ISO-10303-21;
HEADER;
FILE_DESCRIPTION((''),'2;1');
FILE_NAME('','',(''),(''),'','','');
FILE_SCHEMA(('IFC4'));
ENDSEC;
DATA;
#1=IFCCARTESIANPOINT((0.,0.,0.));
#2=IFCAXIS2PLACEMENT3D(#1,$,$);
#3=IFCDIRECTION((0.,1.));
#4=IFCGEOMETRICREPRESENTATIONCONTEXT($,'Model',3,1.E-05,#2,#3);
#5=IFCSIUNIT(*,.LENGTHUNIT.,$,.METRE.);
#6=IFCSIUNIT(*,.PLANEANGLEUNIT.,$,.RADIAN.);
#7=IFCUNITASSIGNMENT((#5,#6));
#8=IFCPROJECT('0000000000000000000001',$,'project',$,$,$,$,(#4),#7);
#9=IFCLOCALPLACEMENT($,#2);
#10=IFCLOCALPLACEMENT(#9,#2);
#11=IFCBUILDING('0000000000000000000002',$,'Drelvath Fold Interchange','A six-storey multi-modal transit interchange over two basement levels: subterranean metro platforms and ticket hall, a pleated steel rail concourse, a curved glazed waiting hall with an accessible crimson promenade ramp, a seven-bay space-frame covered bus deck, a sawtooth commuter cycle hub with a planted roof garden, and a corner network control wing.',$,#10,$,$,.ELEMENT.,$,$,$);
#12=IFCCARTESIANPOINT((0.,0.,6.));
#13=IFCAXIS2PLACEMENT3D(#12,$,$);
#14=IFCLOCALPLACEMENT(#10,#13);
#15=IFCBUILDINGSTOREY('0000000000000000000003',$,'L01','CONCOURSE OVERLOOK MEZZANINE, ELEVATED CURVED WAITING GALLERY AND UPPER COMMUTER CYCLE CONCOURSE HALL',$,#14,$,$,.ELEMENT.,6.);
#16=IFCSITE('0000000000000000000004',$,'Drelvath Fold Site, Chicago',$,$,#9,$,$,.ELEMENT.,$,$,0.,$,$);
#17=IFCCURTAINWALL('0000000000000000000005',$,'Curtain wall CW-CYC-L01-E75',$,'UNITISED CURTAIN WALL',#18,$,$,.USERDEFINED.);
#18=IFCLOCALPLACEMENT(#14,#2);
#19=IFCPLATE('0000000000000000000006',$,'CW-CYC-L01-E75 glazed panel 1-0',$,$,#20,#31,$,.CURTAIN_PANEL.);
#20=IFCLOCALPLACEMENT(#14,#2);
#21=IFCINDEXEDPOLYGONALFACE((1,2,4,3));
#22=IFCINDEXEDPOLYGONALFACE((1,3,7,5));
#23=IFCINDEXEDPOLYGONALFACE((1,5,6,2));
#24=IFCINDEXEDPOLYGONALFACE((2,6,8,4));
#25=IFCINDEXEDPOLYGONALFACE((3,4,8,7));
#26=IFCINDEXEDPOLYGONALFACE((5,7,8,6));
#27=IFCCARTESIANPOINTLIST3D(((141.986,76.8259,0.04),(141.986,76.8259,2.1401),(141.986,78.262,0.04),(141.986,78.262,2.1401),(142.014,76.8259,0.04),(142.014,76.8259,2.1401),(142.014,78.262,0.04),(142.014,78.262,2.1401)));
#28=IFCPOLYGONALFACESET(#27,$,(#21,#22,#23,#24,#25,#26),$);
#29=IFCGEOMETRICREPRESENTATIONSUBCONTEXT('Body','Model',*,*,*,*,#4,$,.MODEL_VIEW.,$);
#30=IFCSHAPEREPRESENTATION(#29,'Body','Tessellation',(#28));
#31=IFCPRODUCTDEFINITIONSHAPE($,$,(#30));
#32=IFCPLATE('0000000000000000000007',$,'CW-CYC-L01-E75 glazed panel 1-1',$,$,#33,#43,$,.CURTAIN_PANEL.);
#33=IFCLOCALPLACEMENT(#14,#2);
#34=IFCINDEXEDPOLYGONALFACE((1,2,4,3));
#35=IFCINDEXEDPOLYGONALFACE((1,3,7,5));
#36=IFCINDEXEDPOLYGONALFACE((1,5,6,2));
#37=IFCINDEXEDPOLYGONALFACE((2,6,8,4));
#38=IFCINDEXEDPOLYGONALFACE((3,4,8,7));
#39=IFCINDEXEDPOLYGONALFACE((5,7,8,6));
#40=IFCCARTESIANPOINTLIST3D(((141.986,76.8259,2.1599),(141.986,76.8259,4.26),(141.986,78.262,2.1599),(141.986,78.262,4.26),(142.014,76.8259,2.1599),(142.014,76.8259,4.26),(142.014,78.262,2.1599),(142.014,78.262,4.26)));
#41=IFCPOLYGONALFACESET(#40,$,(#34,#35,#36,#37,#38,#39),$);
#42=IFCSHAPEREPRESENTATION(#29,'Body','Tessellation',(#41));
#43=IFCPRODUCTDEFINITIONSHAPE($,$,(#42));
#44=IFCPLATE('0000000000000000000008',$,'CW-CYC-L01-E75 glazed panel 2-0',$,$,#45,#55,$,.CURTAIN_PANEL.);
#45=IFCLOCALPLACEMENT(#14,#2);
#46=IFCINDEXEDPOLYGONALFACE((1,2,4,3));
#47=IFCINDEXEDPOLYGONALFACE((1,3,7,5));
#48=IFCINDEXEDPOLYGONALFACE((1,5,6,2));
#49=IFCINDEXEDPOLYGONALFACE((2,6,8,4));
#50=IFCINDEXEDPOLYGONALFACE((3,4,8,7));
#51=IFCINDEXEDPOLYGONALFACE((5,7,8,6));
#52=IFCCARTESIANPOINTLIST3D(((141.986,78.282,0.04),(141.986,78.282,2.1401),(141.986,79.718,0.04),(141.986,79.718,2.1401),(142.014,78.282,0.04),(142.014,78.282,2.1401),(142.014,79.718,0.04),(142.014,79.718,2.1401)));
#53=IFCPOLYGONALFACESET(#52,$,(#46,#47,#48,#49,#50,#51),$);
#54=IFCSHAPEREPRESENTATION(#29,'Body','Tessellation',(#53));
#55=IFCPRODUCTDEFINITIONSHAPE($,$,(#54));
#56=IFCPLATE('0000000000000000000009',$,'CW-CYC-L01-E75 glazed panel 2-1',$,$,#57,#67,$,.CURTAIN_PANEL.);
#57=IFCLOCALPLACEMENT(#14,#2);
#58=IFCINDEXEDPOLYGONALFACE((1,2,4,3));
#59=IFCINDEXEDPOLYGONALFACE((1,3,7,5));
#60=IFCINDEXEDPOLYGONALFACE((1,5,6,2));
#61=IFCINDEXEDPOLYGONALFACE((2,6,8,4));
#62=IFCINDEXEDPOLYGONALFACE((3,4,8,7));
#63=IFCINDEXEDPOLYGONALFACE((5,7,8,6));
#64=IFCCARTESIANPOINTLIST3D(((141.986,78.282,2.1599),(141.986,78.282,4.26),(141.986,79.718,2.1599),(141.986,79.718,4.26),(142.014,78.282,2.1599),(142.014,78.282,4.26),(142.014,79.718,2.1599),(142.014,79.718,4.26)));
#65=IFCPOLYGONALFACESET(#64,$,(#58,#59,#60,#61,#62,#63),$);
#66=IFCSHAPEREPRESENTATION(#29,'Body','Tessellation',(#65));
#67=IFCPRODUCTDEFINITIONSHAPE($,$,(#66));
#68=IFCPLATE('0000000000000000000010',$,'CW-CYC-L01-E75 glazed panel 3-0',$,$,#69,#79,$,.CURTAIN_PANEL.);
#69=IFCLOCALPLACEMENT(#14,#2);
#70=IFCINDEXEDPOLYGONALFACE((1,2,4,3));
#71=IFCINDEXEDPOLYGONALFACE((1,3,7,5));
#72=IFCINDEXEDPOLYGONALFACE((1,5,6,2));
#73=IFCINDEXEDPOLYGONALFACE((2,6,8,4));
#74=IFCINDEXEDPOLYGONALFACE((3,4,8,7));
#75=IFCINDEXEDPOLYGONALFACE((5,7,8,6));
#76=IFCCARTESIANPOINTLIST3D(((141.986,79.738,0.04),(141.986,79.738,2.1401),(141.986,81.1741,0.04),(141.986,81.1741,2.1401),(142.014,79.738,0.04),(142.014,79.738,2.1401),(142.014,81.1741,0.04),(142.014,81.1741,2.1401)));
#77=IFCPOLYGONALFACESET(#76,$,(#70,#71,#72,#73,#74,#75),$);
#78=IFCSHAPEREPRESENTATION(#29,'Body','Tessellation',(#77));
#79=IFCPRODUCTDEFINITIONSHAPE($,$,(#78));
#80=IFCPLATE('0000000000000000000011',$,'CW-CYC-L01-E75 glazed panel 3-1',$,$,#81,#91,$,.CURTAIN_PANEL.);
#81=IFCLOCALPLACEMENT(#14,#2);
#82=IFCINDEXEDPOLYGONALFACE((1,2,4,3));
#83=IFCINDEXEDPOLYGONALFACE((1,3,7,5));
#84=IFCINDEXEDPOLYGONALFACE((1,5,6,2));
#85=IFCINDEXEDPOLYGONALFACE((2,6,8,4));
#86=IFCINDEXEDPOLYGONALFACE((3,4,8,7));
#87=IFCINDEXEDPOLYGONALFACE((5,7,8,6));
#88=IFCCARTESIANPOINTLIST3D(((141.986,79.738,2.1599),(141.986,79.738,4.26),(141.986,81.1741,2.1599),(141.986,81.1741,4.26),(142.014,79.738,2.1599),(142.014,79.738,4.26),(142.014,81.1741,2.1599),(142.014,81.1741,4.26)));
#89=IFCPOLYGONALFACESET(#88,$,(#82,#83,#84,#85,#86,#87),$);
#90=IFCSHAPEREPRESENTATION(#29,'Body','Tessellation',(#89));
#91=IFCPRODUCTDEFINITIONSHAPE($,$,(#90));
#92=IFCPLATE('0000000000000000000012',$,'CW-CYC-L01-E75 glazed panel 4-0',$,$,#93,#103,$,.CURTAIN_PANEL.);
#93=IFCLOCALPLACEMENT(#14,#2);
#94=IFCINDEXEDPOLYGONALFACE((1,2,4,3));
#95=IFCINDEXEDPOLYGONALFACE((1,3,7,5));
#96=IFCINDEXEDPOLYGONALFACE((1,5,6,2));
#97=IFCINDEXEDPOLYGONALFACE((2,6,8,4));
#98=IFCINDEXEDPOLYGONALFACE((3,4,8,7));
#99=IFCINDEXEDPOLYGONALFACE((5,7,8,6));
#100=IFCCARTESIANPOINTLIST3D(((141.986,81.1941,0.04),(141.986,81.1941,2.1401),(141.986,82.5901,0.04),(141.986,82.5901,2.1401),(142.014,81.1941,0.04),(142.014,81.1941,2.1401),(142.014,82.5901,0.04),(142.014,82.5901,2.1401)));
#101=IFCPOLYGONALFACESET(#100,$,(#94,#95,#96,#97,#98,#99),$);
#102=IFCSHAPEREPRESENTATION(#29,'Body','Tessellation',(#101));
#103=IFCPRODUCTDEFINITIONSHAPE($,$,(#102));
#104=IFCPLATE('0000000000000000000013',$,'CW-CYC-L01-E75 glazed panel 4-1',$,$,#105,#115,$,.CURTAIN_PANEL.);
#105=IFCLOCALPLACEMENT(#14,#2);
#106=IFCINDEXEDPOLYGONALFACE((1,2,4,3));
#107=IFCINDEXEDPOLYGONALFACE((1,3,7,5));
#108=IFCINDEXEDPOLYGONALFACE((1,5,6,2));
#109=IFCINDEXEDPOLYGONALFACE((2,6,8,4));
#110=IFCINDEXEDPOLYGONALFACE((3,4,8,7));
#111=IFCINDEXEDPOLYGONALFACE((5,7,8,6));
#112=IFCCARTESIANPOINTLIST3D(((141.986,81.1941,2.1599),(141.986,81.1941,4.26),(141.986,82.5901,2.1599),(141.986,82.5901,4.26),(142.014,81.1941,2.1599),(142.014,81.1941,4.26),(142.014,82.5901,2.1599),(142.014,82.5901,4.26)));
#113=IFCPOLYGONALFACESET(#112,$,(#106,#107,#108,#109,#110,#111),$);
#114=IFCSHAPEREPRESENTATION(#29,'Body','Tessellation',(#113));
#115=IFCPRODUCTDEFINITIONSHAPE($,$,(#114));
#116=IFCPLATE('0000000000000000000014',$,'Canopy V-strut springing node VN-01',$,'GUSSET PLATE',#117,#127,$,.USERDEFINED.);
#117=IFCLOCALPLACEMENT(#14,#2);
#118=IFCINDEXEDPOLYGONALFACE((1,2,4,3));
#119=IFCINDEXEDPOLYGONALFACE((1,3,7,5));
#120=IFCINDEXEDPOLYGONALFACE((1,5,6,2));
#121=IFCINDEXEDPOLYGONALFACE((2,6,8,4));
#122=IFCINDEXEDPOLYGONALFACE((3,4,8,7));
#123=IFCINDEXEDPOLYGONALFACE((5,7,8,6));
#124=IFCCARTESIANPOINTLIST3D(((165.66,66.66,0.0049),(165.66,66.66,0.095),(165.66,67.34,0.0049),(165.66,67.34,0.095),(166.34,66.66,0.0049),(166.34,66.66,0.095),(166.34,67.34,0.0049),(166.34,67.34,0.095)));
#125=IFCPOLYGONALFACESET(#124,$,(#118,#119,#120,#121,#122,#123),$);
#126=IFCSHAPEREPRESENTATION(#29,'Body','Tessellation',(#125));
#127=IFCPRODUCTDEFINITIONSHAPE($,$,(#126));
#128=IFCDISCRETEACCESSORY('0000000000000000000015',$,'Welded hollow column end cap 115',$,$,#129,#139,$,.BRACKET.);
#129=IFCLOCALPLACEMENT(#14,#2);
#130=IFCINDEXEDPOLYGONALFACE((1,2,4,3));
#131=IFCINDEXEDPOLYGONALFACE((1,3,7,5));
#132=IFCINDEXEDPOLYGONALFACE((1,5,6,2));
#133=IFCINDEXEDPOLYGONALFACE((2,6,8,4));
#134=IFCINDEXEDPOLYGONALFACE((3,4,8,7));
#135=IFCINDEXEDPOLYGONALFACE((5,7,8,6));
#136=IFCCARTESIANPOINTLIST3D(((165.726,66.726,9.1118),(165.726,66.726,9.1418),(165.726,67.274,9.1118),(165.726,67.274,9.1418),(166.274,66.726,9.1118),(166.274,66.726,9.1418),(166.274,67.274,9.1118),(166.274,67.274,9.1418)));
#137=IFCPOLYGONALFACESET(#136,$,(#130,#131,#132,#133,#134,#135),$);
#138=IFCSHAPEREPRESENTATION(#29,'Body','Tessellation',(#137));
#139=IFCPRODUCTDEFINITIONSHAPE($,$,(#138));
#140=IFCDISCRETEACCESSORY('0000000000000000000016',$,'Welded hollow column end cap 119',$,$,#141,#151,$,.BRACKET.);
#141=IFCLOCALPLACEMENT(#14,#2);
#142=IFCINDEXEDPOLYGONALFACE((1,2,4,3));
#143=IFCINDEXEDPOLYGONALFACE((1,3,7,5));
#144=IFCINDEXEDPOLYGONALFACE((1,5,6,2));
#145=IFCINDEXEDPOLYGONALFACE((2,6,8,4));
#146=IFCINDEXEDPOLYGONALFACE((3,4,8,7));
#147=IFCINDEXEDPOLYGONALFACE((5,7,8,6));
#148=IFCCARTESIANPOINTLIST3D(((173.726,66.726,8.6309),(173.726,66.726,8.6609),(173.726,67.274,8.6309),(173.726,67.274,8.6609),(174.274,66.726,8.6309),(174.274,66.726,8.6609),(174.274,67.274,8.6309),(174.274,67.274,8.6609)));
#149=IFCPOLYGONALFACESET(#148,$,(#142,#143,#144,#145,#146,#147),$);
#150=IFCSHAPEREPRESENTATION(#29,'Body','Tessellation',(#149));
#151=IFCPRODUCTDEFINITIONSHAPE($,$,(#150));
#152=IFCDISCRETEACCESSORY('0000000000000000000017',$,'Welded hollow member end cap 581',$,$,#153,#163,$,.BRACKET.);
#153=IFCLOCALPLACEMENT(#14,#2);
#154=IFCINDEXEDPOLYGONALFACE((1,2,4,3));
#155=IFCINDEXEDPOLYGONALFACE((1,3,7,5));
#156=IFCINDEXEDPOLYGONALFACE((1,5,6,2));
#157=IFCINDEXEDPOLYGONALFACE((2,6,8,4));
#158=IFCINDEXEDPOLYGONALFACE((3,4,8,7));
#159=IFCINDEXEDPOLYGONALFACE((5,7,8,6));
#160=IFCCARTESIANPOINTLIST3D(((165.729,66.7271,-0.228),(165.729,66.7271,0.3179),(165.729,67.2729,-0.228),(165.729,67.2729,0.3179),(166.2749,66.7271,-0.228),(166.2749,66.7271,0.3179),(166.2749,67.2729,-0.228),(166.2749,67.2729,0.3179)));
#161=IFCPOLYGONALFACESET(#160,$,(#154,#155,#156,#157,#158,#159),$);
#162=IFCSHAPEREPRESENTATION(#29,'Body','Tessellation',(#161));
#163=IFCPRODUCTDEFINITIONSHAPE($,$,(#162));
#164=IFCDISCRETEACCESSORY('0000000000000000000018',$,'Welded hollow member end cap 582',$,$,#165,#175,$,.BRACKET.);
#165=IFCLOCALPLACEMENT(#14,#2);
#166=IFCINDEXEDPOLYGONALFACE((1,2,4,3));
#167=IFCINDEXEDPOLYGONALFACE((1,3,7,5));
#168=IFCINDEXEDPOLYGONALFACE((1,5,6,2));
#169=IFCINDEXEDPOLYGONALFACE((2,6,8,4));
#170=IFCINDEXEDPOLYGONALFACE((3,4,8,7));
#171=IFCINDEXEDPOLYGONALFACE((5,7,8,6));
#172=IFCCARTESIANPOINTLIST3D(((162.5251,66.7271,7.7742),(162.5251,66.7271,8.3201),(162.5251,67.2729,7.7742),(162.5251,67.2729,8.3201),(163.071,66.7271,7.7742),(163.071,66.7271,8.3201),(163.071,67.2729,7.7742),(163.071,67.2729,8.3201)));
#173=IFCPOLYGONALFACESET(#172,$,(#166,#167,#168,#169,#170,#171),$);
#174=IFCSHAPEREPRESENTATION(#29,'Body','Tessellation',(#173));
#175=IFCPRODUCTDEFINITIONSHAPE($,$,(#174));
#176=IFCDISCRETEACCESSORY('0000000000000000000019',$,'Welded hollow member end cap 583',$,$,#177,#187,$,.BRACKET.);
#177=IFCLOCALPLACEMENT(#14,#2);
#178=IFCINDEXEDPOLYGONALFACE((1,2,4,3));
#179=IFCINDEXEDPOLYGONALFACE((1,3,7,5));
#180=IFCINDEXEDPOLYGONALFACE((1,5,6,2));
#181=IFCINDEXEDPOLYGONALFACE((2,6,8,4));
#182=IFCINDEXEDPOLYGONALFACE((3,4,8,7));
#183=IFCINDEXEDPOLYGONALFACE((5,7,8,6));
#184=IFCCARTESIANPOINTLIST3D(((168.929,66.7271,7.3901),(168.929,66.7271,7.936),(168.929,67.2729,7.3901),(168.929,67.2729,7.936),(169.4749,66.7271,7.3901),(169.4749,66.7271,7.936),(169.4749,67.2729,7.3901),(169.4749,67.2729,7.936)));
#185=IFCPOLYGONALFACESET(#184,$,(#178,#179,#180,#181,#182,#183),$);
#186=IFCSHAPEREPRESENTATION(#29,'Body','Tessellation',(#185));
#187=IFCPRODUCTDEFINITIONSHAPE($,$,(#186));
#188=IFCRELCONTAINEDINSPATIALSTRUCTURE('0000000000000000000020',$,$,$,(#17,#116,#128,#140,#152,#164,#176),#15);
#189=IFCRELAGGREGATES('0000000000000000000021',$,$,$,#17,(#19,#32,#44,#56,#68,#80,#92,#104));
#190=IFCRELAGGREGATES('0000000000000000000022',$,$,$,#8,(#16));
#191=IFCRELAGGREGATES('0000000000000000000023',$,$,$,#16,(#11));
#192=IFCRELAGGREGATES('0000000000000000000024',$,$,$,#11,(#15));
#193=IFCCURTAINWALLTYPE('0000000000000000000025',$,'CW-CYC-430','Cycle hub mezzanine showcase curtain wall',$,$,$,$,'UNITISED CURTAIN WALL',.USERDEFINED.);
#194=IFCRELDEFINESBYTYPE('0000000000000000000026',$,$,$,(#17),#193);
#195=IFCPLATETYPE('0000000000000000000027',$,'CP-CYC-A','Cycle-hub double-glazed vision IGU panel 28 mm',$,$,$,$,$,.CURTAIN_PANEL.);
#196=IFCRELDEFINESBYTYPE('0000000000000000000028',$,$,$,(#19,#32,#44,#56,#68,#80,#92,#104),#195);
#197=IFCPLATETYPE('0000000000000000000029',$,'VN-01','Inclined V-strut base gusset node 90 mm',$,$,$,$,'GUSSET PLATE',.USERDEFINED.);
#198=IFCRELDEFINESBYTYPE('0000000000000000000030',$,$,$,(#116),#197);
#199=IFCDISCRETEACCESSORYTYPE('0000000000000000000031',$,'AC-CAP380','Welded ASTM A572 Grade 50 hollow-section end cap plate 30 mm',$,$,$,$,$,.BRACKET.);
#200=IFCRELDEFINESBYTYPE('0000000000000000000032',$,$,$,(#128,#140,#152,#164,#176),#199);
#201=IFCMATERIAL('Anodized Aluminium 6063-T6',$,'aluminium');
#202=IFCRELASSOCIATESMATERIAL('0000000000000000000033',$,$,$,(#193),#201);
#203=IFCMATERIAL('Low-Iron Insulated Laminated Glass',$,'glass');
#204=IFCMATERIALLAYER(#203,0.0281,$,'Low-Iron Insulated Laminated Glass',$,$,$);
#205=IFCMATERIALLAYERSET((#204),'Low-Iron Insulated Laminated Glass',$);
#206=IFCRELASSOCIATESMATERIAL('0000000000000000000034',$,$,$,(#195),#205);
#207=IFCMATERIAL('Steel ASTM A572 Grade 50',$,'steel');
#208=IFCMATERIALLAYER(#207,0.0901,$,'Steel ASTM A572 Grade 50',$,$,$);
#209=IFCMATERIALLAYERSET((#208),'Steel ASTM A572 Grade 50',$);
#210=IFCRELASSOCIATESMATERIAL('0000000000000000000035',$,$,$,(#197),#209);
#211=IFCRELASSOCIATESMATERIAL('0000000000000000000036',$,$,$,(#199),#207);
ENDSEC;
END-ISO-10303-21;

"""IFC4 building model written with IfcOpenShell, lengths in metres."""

from ifc_helpers import new_model, si_unit, direction, frame, origin, origin_2d, place, context, subcontext, project, spatial, rectangle, extrude, material, layer, layer_set, type_object, element, aggregate, save


model = new_model("IFC4")

# Units and contexts
model_context = context("Model", 3, precision=1e-05, world=origin(), true_north=direction((0.0, 1.0)))
body_context = subcontext(model_context, "Body", "Model", "MODEL_VIEW")
ifc_project = project(units=[si_unit("LENGTHUNIT", "METRE"), si_unit("PLANEANGLEUNIT", "RADIAN")], contexts=[model_context])

# Site, building, storey
site_placement = place(None, origin())
site = spatial("IfcSite", under=ifc_project, at=site_placement, Name="Drelvath Fold Site, Chicago", CompositionType="ELEMENT", RefElevation=0.0)
building_placement = place(site_placement, origin())
building = spatial("IfcBuilding", under=site, at=building_placement, Name="Drelvath Fold Interchange", Description="A six-storey multi-modal transit interchange over two basement levels: subterranean metro platforms and ticket hall, a pleated steel rail concourse, a curved glazed waiting hall with an accessible crimson promenade ramp, a seven-bay space-frame covered bus deck, a sawtooth commuter cycle hub with a planted roof garden, and a corner network control wing.", CompositionType="ELEMENT")
storey_placement = place(building_placement, frame((0.0, 0.0, 6.0)))
storey = spatial("IfcBuildingStorey", under=building, at=storey_placement, Name="L01", Description="CONCOURSE OVERLOOK MEZZANINE, ELEVATED CURVED WAITING GALLERY AND UPPER COMMUTER CYCLE CONCOURSE HALL", CompositionType="ELEMENT", Elevation=6.0)

# Curtain wall
ifc_material_1 = material(Name="Anodized Aluminium 6063-T6", Category="aluminium")
curtain_wall_type = type_object("IfcCurtainWallType", Name="CW-CYC-430", Description="Cycle hub mezzanine showcase curtain wall", ElementType="UNITISED CURTAIN WALL", PredefinedType="USERDEFINED", material=ifc_material_1)
curtain_wall_placement = place(storey_placement, origin())
curtain_wall = element("IfcCurtainWall", 1, at=curtain_wall_placement, inside=storey, type_object=curtain_wall_type, Name="Curtain wall CW-CYC-L01-E75", ObjectType="UNITISED CURTAIN WALL", PredefinedType="USERDEFINED")

# Plates
ifc_material_2 = material(Name="Low-Iron Insulated Laminated Glass", Category="glass")
ifc_layer_1 = layer(ifc_material_2, 0.0281, Name="Low-Iron Insulated Laminated Glass")
ifc_layer_set_1 = layer_set([ifc_layer_1], Name="Low-Iron Insulated Laminated Glass")
plate_type_1 = type_object("IfcPlateType", Name="CP-CYC-A", Description="Cycle-hub double-glazed vision IGU panel 28 mm", PredefinedType="CURTAIN_PANEL", material=ifc_layer_set_1)
plate_1_placement = place(storey_placement, frame((142.0, 77.5439, 0.04), z_axis=(0.0, 0.0, 1.0), x_axis=(0.0, 1.0, 0.0)))
plate_1 = element("IfcPlate", 2, at=plate_1_placement, type_object=plate_type_1, Name="CW-CYC-L01-E75 glazed panel 1-0", PredefinedType="CURTAIN_PANEL", context=body_context, shape_type="SweptSolid", body=[
    extrude(rectangle(XDim=1.436, YDim=0.0281, at=origin_2d()), origin(), (0.0, 0.0, 1.0), 2.1001),
])
plate_2_placement = place(storey_placement, frame((142.0, 77.5439, 2.1599), z_axis=(0.0, 0.0, 1.0), x_axis=(0.0, 1.0, 0.0)))
plate_2 = element("IfcPlate", 3, at=plate_2_placement, type_object=plate_type_1, Name="CW-CYC-L01-E75 glazed panel 1-1", PredefinedType="CURTAIN_PANEL", context=body_context, shape_type="SweptSolid", body=[
    extrude(rectangle(XDim=1.436, YDim=0.0281, at=origin_2d()), origin(), (0.0, 0.0, 1.0), 2.1001),
])
plate_3_placement = place(storey_placement, frame((142.0, 79.0, 0.04), z_axis=(0.0, 0.0, 1.0), x_axis=(0.0, 1.0, 0.0)))
plate_3 = element("IfcPlate", 4, at=plate_3_placement, type_object=plate_type_1, Name="CW-CYC-L01-E75 glazed panel 2-0", PredefinedType="CURTAIN_PANEL", context=body_context, shape_type="SweptSolid", body=[
    extrude(rectangle(XDim=1.436, YDim=0.0281, at=origin_2d()), origin(), (0.0, 0.0, 1.0), 2.1001),
])
plate_4_placement = place(storey_placement, frame((142.0, 79.0, 2.1599), z_axis=(0.0, 0.0, 1.0), x_axis=(0.0, 1.0, 0.0)))
plate_4 = element("IfcPlate", 5, at=plate_4_placement, type_object=plate_type_1, Name="CW-CYC-L01-E75 glazed panel 2-1", PredefinedType="CURTAIN_PANEL", context=body_context, shape_type="SweptSolid", body=[
    extrude(rectangle(XDim=1.436, YDim=0.0281, at=origin_2d()), origin(), (0.0, 0.0, 1.0), 2.1001),
])
plate_5_placement = place(storey_placement, frame((142.0, 80.4561, 0.04), z_axis=(0.0, 0.0, 1.0), x_axis=(0.0, 1.0, 0.0)))
plate_5 = element("IfcPlate", 6, at=plate_5_placement, type_object=plate_type_1, Name="CW-CYC-L01-E75 glazed panel 3-0", PredefinedType="CURTAIN_PANEL", context=body_context, shape_type="SweptSolid", body=[
    extrude(rectangle(XDim=1.436, YDim=0.0281, at=origin_2d()), origin(), (0.0, 0.0, 1.0), 2.1001),
])
plate_6_placement = place(storey_placement, frame((142.0, 80.4561, 2.1599), z_axis=(0.0, 0.0, 1.0), x_axis=(0.0, 1.0, 0.0)))
plate_6 = element("IfcPlate", 7, at=plate_6_placement, type_object=plate_type_1, Name="CW-CYC-L01-E75 glazed panel 3-1", PredefinedType="CURTAIN_PANEL", context=body_context, shape_type="SweptSolid", body=[
    extrude(rectangle(XDim=1.436, YDim=0.0281, at=origin_2d()), origin(), (0.0, 0.0, 1.0), 2.1001),
])
plate_7_placement = place(storey_placement, frame((142.0, 81.8921, 0.04), z_axis=(0.0, 0.0, 1.0), x_axis=(0.0, 1.0, 0.0)))
plate_7 = element("IfcPlate", 8, at=plate_7_placement, type_object=plate_type_1, Name="CW-CYC-L01-E75 glazed panel 4-0", PredefinedType="CURTAIN_PANEL", context=body_context, shape_type="SweptSolid", body=[
    extrude(rectangle(XDim=1.396, YDim=0.0281, at=origin_2d()), origin(), (0.0, 0.0, 1.0), 2.1001),
])
plate_8_placement = place(storey_placement, frame((142.0, 81.8921, 2.1599), z_axis=(0.0, 0.0, 1.0), x_axis=(0.0, 1.0, 0.0)))
plate_8 = element("IfcPlate", 9, at=plate_8_placement, type_object=plate_type_1, Name="CW-CYC-L01-E75 glazed panel 4-1", PredefinedType="CURTAIN_PANEL", context=body_context, shape_type="SweptSolid", body=[
    extrude(rectangle(XDim=1.396, YDim=0.0281, at=origin_2d()), origin(), (0.0, 0.0, 1.0), 2.1001),
])
aggregate(curtain_wall, [plate_1, plate_2, plate_3, plate_4, plate_5, plate_6, plate_7, plate_8])
ifc_material_3 = material(Name="Steel ASTM A572 Grade 50", Category="steel")
ifc_layer_2 = layer(ifc_material_3, 0.0901, Name="Steel ASTM A572 Grade 50")
ifc_layer_set_2 = layer_set([ifc_layer_2], Name="Steel ASTM A572 Grade 50")
plate_type_2 = type_object("IfcPlateType", Name="VN-01", Description="Inclined V-strut base gusset node 90 mm", ElementType="GUSSET PLATE", PredefinedType="USERDEFINED", material=ifc_layer_set_2)
plate_9_placement = place(storey_placement, frame((166.0, 67.0, 0.0049), z_axis=(0.0, 0.0, 1.0), x_axis=(1.0, 0.0, 0.0)))
element("IfcPlate", 10, at=plate_9_placement, inside=storey, type_object=plate_type_2, Name="Canopy V-strut springing node VN-01", ObjectType="GUSSET PLATE", PredefinedType="USERDEFINED", context=body_context, shape_type="SweptSolid", body=[
    extrude(rectangle(XDim=0.6799, YDim=0.6799, at=origin_2d()), origin(), (0.0, 0.0, 1.0), 0.0901),
])

# Discrete accessories
discrete_accessory_type = type_object("IfcDiscreteAccessoryType", Name="AC-CAP380", Description="Welded ASTM A572 Grade 50 hollow-section end cap plate 30 mm", PredefinedType="BRACKET", material=ifc_material_3)
for number, where, z_axis, x_axis, name in (
    (11, (166.0, 67.0, 9.1118), (0.0, 0.0, 1.0), (1.0, 0.0, 0.0), "Welded hollow column end cap 115"),
    (12, (174.0, 67.0, 8.6309), (0.0, 0.0, 1.0), (1.0, 0.0, 0.0), "Welded hollow column end cap 119"),
):
    element("IfcDiscreteAccessory", number, at=place(storey_placement, frame(where, z_axis=z_axis, x_axis=x_axis)), inside=storey, type_object=discrete_accessory_type, Name=name, PredefinedType="BRACKET", context=body_context, shape_type="SweptSolid", body=[
        extrude(rectangle(XDim=0.5481, YDim=0.5481, at=origin_2d()), origin(), (0.0, 0.0, 1.0), 0.03),
    ])
for number, where, z_axis, x_axis, name in (
    (13, (166.002, 67.0, -0.228), (0.0, 0.0, 1.0), (1.0, 0.0, 0.0), "Welded hollow member end cap 581"),
    (14, (162.7981, 67.0, 7.7742), (0.0, 0.0, 1.0), (1.0, 0.0, 0.0), "Welded hollow member end cap 582"),
    (15, (169.2019, 67.0, 7.3901), (0.0, 0.0, 1.0), (1.0, 0.0, 0.0), "Welded hollow member end cap 583"),
):
    element("IfcDiscreteAccessory", number, at=place(storey_placement, frame(where, z_axis=z_axis, x_axis=x_axis)), inside=storey, type_object=discrete_accessory_type, Name=name, PredefinedType="BRACKET", context=body_context, shape_type="SweptSolid", body=[
        extrude(rectangle(XDim=0.5459, YDim=0.5459, at=origin_2d()), origin(), (0.0, 0.0, 1.0), 0.5459),
    ])

save(model, "model.ifc")
